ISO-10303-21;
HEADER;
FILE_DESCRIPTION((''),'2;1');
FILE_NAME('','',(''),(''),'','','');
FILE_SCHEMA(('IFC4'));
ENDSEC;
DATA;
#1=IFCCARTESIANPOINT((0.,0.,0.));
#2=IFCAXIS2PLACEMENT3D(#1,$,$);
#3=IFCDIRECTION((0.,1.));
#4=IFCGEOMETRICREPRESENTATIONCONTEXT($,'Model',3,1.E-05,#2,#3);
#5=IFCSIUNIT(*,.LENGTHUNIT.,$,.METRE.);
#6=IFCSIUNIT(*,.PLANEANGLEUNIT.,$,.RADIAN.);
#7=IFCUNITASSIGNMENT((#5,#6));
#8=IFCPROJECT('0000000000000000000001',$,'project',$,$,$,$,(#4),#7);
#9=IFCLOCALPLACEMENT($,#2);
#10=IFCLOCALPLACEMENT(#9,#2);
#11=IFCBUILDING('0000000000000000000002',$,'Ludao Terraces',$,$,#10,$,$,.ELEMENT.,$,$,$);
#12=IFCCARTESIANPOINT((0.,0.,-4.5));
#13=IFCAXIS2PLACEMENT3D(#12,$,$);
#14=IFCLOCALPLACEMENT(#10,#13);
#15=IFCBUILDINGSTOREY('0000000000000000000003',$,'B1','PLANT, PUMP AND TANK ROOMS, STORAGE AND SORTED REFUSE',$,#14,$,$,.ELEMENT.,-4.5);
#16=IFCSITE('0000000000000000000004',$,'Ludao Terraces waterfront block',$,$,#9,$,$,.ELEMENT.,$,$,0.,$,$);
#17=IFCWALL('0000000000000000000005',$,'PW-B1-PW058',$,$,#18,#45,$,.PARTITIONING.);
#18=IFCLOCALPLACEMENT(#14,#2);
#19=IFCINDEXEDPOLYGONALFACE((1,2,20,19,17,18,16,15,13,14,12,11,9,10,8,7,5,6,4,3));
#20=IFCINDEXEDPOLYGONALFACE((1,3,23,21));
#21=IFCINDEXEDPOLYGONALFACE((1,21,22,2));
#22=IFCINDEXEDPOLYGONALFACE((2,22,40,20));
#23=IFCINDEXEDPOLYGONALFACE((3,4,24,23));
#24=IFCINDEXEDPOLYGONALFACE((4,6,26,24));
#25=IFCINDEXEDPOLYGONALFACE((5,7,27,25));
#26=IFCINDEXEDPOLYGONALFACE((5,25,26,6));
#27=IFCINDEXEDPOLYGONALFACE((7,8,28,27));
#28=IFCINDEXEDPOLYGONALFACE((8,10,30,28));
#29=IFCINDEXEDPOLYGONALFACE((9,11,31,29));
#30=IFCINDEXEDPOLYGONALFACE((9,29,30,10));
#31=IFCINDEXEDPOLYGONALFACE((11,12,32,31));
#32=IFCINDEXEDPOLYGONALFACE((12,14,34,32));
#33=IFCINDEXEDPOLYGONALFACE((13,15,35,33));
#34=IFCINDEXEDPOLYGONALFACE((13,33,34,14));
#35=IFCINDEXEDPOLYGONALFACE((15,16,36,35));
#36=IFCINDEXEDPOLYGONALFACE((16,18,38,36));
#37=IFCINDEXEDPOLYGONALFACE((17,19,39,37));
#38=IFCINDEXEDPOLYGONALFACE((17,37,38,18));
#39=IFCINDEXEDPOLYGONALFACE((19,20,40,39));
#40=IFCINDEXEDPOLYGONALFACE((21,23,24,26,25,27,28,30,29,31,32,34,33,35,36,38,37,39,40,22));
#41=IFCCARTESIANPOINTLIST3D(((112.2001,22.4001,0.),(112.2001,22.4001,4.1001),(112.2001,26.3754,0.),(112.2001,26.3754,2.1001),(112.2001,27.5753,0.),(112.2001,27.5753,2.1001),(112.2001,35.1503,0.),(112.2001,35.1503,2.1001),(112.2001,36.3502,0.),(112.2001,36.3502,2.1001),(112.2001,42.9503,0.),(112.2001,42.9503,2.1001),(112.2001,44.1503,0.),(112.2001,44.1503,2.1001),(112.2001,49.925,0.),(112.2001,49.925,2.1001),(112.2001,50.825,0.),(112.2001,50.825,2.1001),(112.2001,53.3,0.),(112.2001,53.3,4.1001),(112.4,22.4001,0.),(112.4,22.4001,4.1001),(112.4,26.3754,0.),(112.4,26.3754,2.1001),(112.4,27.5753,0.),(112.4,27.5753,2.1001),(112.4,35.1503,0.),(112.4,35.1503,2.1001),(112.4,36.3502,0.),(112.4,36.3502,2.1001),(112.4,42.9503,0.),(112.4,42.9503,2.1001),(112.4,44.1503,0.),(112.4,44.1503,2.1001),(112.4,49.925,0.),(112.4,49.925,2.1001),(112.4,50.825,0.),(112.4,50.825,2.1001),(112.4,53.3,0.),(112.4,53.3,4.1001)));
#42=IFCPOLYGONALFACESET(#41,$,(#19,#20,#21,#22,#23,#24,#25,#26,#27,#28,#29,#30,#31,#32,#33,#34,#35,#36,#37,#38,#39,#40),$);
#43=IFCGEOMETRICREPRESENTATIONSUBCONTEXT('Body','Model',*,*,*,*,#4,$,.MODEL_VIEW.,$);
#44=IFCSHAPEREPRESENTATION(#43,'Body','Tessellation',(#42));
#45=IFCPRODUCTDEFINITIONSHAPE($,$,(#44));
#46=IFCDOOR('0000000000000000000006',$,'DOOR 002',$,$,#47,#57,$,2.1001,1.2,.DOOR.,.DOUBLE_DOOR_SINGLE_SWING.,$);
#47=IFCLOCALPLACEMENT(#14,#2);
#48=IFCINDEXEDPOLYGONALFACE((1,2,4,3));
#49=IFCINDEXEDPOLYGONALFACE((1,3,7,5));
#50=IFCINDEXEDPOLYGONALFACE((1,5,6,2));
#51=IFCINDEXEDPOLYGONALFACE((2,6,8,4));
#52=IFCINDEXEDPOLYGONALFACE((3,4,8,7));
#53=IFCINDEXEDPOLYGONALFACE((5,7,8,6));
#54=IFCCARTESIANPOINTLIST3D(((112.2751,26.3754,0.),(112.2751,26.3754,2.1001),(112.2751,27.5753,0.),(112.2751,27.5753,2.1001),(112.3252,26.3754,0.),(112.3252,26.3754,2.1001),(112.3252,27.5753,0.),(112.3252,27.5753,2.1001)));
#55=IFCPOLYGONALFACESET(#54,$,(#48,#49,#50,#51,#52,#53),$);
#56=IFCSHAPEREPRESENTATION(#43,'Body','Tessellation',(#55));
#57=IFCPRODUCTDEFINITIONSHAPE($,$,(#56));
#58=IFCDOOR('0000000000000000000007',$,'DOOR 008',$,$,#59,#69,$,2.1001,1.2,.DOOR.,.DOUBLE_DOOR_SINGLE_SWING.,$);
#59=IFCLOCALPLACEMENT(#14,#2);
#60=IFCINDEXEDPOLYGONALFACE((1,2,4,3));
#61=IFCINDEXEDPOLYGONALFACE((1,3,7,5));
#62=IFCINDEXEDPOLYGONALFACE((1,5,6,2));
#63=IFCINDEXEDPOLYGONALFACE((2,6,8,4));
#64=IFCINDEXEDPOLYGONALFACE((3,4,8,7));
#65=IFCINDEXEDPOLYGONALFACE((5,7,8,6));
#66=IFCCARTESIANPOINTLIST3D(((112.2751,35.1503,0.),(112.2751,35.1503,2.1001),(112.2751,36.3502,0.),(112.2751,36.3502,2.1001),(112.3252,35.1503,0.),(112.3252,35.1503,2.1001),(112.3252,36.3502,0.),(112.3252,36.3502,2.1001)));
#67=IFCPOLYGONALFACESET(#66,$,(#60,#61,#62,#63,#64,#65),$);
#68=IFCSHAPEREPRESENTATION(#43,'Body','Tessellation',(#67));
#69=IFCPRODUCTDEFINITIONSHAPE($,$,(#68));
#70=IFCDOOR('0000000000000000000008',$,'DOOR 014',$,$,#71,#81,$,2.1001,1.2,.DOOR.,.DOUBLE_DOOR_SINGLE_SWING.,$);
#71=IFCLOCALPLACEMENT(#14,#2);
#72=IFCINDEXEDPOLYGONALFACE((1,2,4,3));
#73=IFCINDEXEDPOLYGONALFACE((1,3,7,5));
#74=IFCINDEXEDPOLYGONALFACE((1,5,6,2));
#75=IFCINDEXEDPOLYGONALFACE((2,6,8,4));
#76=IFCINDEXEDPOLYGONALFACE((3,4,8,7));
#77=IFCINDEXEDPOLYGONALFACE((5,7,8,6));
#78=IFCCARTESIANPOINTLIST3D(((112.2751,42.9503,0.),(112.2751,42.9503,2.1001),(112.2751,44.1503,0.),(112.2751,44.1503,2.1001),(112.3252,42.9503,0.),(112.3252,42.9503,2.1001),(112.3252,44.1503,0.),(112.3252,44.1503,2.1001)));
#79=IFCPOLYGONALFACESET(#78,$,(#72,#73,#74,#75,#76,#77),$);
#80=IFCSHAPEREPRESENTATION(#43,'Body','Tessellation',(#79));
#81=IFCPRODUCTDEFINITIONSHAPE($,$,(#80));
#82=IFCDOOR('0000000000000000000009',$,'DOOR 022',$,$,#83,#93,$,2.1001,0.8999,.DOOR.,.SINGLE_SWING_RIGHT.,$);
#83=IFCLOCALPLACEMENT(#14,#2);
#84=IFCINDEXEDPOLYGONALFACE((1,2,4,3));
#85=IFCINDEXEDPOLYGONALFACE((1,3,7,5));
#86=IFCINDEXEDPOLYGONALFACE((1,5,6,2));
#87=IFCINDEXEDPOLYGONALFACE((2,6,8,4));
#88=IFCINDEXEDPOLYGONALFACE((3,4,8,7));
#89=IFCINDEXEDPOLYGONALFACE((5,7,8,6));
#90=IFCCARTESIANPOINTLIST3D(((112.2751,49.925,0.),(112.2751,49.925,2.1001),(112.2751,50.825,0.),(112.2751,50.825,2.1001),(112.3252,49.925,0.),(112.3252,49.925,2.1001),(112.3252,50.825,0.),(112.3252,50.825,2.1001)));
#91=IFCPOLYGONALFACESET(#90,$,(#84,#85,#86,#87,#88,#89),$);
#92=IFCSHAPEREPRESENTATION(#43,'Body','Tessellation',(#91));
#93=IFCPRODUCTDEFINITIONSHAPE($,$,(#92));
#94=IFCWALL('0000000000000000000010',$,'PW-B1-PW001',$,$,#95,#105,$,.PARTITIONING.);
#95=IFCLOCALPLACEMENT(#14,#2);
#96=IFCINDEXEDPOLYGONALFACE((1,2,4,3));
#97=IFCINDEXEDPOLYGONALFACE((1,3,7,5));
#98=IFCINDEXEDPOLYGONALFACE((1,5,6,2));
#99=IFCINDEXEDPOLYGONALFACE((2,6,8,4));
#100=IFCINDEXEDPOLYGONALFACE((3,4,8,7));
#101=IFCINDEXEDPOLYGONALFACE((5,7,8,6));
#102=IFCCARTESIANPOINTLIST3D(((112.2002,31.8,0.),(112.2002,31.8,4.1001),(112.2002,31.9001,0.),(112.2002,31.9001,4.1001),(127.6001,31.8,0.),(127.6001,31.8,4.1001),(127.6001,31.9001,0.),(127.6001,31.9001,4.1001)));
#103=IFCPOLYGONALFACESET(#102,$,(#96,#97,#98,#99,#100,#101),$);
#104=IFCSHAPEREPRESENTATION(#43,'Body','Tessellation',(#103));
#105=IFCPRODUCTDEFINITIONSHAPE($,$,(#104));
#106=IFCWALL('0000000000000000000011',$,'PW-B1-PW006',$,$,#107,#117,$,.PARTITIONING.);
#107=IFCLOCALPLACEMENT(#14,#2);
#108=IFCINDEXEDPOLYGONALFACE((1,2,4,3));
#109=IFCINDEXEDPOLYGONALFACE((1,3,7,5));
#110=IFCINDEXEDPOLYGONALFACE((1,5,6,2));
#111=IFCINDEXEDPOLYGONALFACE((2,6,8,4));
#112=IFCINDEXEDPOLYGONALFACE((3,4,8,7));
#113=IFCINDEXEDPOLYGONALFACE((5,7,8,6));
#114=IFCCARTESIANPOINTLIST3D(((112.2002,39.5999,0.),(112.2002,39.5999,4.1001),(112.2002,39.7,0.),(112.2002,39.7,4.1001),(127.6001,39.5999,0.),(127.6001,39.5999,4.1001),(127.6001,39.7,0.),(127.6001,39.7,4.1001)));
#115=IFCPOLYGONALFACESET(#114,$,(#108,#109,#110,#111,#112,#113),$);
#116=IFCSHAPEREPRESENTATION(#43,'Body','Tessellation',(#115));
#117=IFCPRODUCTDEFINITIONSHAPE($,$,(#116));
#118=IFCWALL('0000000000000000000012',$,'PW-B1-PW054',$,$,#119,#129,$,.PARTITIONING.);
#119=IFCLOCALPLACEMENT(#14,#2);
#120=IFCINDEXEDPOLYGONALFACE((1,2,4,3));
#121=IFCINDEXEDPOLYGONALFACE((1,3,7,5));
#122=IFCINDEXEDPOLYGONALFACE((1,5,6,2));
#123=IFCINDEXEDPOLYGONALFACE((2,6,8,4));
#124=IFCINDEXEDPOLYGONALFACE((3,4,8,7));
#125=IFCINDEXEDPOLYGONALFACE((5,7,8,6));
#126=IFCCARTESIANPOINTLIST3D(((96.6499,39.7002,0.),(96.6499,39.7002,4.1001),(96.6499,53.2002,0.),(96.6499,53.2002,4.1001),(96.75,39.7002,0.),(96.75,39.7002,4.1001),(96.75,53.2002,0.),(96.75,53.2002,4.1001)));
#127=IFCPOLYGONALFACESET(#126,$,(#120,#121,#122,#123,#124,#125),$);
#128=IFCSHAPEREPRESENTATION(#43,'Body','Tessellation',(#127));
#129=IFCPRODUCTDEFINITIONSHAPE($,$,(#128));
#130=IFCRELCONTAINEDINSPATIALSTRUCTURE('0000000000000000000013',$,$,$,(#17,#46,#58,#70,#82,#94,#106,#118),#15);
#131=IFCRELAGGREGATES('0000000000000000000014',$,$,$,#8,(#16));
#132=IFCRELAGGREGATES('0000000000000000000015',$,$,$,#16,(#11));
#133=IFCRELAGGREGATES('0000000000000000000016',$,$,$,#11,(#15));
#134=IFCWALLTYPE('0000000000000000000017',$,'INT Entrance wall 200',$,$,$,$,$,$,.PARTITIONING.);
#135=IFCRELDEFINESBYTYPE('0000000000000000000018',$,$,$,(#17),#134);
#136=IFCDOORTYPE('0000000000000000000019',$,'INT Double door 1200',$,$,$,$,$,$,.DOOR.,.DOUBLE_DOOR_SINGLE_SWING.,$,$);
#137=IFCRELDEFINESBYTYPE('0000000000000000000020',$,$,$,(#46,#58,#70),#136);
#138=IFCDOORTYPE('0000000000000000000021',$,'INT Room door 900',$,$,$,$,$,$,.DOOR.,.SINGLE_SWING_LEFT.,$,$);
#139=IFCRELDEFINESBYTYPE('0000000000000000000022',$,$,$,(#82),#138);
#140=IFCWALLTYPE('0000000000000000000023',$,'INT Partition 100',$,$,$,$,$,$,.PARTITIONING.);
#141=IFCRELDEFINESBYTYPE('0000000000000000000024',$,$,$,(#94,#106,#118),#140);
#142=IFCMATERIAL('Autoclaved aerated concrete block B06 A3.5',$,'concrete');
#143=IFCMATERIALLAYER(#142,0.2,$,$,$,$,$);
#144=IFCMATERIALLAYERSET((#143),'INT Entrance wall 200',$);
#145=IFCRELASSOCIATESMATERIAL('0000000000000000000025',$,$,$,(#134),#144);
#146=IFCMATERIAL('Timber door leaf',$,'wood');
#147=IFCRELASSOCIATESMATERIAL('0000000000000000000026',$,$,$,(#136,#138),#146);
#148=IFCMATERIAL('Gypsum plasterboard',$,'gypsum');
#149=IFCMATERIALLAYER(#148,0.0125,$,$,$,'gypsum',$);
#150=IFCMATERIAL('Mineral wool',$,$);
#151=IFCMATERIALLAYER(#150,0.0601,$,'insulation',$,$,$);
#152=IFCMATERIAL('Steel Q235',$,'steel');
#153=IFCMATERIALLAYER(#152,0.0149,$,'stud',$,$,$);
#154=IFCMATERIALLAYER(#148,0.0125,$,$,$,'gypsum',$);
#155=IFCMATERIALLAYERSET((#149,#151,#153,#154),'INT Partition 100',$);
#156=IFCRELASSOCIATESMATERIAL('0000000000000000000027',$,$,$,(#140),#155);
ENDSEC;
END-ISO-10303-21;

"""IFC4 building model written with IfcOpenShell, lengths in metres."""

from ifc_helpers import new_model, si_unit, direction, frame, frame_2d, origin, place, context, subcontext, project, spatial, rectangle, extrude, material, layer, layer_set, type_object, element, fill, save


model = new_model("IFC4")

# Units and contexts
model_context = context("Model", 3, precision=1e-05, world=origin(), true_north=direction((0.0, 1.0)))
body_context = subcontext(model_context, "Body", "Model", "MODEL_VIEW")
ifc_project = project(units=[si_unit("LENGTHUNIT", "METRE"), si_unit("PLANEANGLEUNIT", "RADIAN")], contexts=[model_context])

# Site, building, storey
site_placement = place(None, origin())
site = spatial("IfcSite", under=ifc_project, at=site_placement, Name="Ludao Terraces waterfront block", CompositionType="ELEMENT", RefElevation=0.0)
building_placement = place(site_placement, origin())
building = spatial("IfcBuilding", under=site, at=building_placement, Name="Ludao Terraces", CompositionType="ELEMENT")
storey_placement = place(building_placement, frame((0.0, 0.0, -4.5)))
storey = spatial("IfcBuildingStorey", under=building, at=storey_placement, Name="B1", Description="PLANT, PUMP AND TANK ROOMS, STORAGE AND SORTED REFUSE", CompositionType="ELEMENT", Elevation=-4.5)

# Wall, openings, doors
ifc_material_1 = material(Name="Autoclaved aerated concrete block B06 A3.5", Category="concrete")
ifc_layer_1 = layer(ifc_material_1, 0.2)
ifc_layer_set_1 = layer_set([ifc_layer_1], Name="INT Entrance wall 200")
wall_type_1 = type_object("IfcWallType", Name="INT Entrance wall 200", PredefinedType="PARTITIONING", material=ifc_layer_set_1)
ifc_material_2 = material(Name="Timber door leaf", Category="wood")
door_type_1 = type_object("IfcDoorType", Name="INT Double door 1200", OperationType="DOUBLE_DOOR_SINGLE_SWING", PredefinedType="DOOR", material=ifc_material_2)
door_type_2 = type_object("IfcDoorType", Name="INT Room door 900", OperationType="SINGLE_SWING_LEFT", PredefinedType="DOOR", material=ifc_material_2)
wall_1_placement = place(storey_placement, frame((112.3, 22.4001, 0.0), z_axis=(0.0, 0.0, 1.0), x_axis=(0.0, 1.0, 0.0)))
wall_1 = element("IfcWall", 1, at=wall_1_placement, inside=storey, type_object=wall_type_1, Name="PW-B1-PW058", PredefinedType="PARTITIONING", context=body_context, shape_type="SweptSolid", body=[
    extrude(rectangle(XDim=30.8999, YDim=0.2, at=frame_2d((15.45, 0.0))), origin(), (0.0, 0.0, 1.0), 4.1001),
])
opening_1_placement = place(wall_1_placement, frame((3.9751, 0.0, 0.0)))
opening_1 = element("IfcOpeningElement", 2, at=opening_1_placement, cuts=wall_1, PredefinedType="OPENING", context=body_context, shape_type="SweptSolid", body=[
    extrude(rectangle(XDim=1.2, YDim=2.1001, at=frame_2d((0.6001, 1.05))), frame((0.0, 0.1099, 0.0), z_axis=(0.0, -1.0, 0.0), x_axis=(1.0, 0.0, 0.0)), (0.0, 0.0, 1.0), 0.22),
])
opening_2_placement = place(wall_1_placement, frame((12.75, 0.0, 0.0)))
opening_2 = element("IfcOpeningElement", 3, at=opening_2_placement, cuts=wall_1, PredefinedType="OPENING", context=body_context, shape_type="SweptSolid", body=[
    extrude(rectangle(XDim=1.2, YDim=2.1001, at=frame_2d((0.6001, 1.05))), frame((0.0, 0.1099, 0.0), z_axis=(0.0, -1.0, 0.0), x_axis=(1.0, 0.0, 0.0)), (0.0, 0.0, 1.0), 0.22),
])
opening_3_placement = place(wall_1_placement, frame((20.55, 0.0, 0.0)))
opening_3 = element("IfcOpeningElement", 4, at=opening_3_placement, cuts=wall_1, PredefinedType="OPENING", context=body_context, shape_type="SweptSolid", body=[
    extrude(rectangle(XDim=1.2, YDim=2.1001, at=frame_2d((0.6001, 1.05))), frame((0.0, 0.1099, 0.0), z_axis=(0.0, -1.0, 0.0), x_axis=(1.0, 0.0, 0.0)), (0.0, 0.0, 1.0), 0.22),
])
opening_4_placement = place(wall_1_placement, frame((27.5249, 0.0, 0.0)))
opening_4 = element("IfcOpeningElement", 5, at=opening_4_placement, cuts=wall_1, PredefinedType="OPENING", context=body_context, shape_type="SweptSolid", body=[
    extrude(rectangle(XDim=0.8999, YDim=2.1001, at=frame_2d((0.45, 1.05))), frame((0.0, 0.1099, 0.0), z_axis=(0.0, -1.0, 0.0), x_axis=(1.0, 0.0, 0.0)), (0.0, 0.0, 1.0), 0.22),
])
door_1_placement = place(opening_1_placement, origin())
door_1 = element("IfcDoor", 6, at=door_1_placement, inside=storey, type_object=door_type_1, Name="DOOR 002", OperationType="DOUBLE_DOOR_SINGLE_SWING", OverallHeight=2.1001, OverallWidth=1.2, PredefinedType="DOOR", context=body_context, shape_type="SweptSolid", body=[
    extrude(rectangle(XDim=1.2, YDim=2.1001, at=frame_2d((0.6001, 1.05))), frame((0.0, 0.0249, 0.0), z_axis=(0.0, -1.0, 0.0), x_axis=(1.0, 0.0, 0.0)), (0.0, 0.0, 1.0), 0.05),
])
fill(opening_1, door_1)
door_2_placement = place(opening_2_placement, origin())
door_2 = element("IfcDoor", 7, at=door_2_placement, inside=storey, type_object=door_type_1, Name="DOOR 008", OperationType="DOUBLE_DOOR_SINGLE_SWING", OverallHeight=2.1001, OverallWidth=1.2, PredefinedType="DOOR", context=body_context, shape_type="SweptSolid", body=[
    extrude(rectangle(XDim=1.2, YDim=2.1001, at=frame_2d((0.6001, 1.05))), frame((0.0, 0.0249, 0.0), z_axis=(0.0, -1.0, 0.0), x_axis=(1.0, 0.0, 0.0)), (0.0, 0.0, 1.0), 0.05),
])
fill(opening_2, door_2)
door_3_placement = place(opening_3_placement, origin())
door_3 = element("IfcDoor", 8, at=door_3_placement, inside=storey, type_object=door_type_1, Name="DOOR 014", OperationType="DOUBLE_DOOR_SINGLE_SWING", OverallHeight=2.1001, OverallWidth=1.2, PredefinedType="DOOR", context=body_context, shape_type="SweptSolid", body=[
    extrude(rectangle(XDim=1.2, YDim=2.1001, at=frame_2d((0.6001, 1.05))), frame((0.0, 0.0249, 0.0), z_axis=(0.0, -1.0, 0.0), x_axis=(1.0, 0.0, 0.0)), (0.0, 0.0, 1.0), 0.05),
])
fill(opening_3, door_3)
door_4_placement = place(opening_4_placement, origin())
door_4 = element("IfcDoor", 9, at=door_4_placement, inside=storey, type_object=door_type_2, Name="DOOR 022", OperationType="SINGLE_SWING_RIGHT", OverallHeight=2.1001, OverallWidth=0.8999, PredefinedType="DOOR", context=body_context, shape_type="SweptSolid", body=[
    extrude(rectangle(XDim=0.8999, YDim=2.1001, at=frame_2d((0.45, 1.05))), frame((0.0, 0.0249, 0.0), z_axis=(0.0, -1.0, 0.0), x_axis=(1.0, 0.0, 0.0)), (0.0, 0.0, 1.0), 0.05),
])
fill(opening_4, door_4)

# Walls
ifc_material_3 = material(Name="Gypsum plasterboard", Category="gypsum")
ifc_layer_2 = layer(ifc_material_3, 0.0125, Category="gypsum")
ifc_material_4 = material(Name="Mineral wool")
ifc_layer_3 = layer(ifc_material_4, 0.0601, Name="insulation")
ifc_material_5 = material(Name="Steel Q235", Category="steel")
ifc_layer_4 = layer(ifc_material_5, 0.0149, Name="stud")
ifc_layer_5 = layer(ifc_material_3, 0.0125, Category="gypsum")
ifc_layer_set_2 = layer_set([ifc_layer_2, ifc_layer_3, ifc_layer_4, ifc_layer_5], Name="INT Partition 100")
wall_type_2 = type_object("IfcWallType", Name="INT Partition 100", PredefinedType="PARTITIONING", material=ifc_layer_set_2)
for number, where, z_axis, x_axis, name in (
    (10, (112.2002, 31.8501, 0.0), (0.0, 0.0, 1.0), (1.0, 0.0, 0.0), "PW-B1-PW001"),
    (11, (112.2002, 39.6499, 0.0), (0.0, 0.0, 1.0), (1.0, 0.0, 0.0), "PW-B1-PW006"),
):
    element("IfcWall", number, at=place(storey_placement, frame(where, z_axis=z_axis, x_axis=x_axis)), inside=storey, type_object=wall_type_2, Name=name, PredefinedType="PARTITIONING", context=body_context, shape_type="SweptSolid", body=[
        extrude(rectangle(XDim=15.3999, YDim=0.1001, at=frame_2d((7.7, 0.0))), origin(), (0.0, 0.0, 1.0), 4.1001),
    ])
wall_2_placement = place(storey_placement, frame((96.7, 39.7002, 0.0), z_axis=(0.0, 0.0, 1.0), x_axis=(0.0, 1.0, 0.0)))
element("IfcWall", 12, at=wall_2_placement, inside=storey, type_object=wall_type_2, Name="PW-B1-PW054", PredefinedType="PARTITIONING", context=body_context, shape_type="SweptSolid", body=[
    extrude(rectangle(XDim=13.5, YDim=0.1001, at=frame_2d((6.75, 0.0))), origin(), (0.0, 0.0, 1.0), 4.1001),
])

save(model, "model.ifc")
